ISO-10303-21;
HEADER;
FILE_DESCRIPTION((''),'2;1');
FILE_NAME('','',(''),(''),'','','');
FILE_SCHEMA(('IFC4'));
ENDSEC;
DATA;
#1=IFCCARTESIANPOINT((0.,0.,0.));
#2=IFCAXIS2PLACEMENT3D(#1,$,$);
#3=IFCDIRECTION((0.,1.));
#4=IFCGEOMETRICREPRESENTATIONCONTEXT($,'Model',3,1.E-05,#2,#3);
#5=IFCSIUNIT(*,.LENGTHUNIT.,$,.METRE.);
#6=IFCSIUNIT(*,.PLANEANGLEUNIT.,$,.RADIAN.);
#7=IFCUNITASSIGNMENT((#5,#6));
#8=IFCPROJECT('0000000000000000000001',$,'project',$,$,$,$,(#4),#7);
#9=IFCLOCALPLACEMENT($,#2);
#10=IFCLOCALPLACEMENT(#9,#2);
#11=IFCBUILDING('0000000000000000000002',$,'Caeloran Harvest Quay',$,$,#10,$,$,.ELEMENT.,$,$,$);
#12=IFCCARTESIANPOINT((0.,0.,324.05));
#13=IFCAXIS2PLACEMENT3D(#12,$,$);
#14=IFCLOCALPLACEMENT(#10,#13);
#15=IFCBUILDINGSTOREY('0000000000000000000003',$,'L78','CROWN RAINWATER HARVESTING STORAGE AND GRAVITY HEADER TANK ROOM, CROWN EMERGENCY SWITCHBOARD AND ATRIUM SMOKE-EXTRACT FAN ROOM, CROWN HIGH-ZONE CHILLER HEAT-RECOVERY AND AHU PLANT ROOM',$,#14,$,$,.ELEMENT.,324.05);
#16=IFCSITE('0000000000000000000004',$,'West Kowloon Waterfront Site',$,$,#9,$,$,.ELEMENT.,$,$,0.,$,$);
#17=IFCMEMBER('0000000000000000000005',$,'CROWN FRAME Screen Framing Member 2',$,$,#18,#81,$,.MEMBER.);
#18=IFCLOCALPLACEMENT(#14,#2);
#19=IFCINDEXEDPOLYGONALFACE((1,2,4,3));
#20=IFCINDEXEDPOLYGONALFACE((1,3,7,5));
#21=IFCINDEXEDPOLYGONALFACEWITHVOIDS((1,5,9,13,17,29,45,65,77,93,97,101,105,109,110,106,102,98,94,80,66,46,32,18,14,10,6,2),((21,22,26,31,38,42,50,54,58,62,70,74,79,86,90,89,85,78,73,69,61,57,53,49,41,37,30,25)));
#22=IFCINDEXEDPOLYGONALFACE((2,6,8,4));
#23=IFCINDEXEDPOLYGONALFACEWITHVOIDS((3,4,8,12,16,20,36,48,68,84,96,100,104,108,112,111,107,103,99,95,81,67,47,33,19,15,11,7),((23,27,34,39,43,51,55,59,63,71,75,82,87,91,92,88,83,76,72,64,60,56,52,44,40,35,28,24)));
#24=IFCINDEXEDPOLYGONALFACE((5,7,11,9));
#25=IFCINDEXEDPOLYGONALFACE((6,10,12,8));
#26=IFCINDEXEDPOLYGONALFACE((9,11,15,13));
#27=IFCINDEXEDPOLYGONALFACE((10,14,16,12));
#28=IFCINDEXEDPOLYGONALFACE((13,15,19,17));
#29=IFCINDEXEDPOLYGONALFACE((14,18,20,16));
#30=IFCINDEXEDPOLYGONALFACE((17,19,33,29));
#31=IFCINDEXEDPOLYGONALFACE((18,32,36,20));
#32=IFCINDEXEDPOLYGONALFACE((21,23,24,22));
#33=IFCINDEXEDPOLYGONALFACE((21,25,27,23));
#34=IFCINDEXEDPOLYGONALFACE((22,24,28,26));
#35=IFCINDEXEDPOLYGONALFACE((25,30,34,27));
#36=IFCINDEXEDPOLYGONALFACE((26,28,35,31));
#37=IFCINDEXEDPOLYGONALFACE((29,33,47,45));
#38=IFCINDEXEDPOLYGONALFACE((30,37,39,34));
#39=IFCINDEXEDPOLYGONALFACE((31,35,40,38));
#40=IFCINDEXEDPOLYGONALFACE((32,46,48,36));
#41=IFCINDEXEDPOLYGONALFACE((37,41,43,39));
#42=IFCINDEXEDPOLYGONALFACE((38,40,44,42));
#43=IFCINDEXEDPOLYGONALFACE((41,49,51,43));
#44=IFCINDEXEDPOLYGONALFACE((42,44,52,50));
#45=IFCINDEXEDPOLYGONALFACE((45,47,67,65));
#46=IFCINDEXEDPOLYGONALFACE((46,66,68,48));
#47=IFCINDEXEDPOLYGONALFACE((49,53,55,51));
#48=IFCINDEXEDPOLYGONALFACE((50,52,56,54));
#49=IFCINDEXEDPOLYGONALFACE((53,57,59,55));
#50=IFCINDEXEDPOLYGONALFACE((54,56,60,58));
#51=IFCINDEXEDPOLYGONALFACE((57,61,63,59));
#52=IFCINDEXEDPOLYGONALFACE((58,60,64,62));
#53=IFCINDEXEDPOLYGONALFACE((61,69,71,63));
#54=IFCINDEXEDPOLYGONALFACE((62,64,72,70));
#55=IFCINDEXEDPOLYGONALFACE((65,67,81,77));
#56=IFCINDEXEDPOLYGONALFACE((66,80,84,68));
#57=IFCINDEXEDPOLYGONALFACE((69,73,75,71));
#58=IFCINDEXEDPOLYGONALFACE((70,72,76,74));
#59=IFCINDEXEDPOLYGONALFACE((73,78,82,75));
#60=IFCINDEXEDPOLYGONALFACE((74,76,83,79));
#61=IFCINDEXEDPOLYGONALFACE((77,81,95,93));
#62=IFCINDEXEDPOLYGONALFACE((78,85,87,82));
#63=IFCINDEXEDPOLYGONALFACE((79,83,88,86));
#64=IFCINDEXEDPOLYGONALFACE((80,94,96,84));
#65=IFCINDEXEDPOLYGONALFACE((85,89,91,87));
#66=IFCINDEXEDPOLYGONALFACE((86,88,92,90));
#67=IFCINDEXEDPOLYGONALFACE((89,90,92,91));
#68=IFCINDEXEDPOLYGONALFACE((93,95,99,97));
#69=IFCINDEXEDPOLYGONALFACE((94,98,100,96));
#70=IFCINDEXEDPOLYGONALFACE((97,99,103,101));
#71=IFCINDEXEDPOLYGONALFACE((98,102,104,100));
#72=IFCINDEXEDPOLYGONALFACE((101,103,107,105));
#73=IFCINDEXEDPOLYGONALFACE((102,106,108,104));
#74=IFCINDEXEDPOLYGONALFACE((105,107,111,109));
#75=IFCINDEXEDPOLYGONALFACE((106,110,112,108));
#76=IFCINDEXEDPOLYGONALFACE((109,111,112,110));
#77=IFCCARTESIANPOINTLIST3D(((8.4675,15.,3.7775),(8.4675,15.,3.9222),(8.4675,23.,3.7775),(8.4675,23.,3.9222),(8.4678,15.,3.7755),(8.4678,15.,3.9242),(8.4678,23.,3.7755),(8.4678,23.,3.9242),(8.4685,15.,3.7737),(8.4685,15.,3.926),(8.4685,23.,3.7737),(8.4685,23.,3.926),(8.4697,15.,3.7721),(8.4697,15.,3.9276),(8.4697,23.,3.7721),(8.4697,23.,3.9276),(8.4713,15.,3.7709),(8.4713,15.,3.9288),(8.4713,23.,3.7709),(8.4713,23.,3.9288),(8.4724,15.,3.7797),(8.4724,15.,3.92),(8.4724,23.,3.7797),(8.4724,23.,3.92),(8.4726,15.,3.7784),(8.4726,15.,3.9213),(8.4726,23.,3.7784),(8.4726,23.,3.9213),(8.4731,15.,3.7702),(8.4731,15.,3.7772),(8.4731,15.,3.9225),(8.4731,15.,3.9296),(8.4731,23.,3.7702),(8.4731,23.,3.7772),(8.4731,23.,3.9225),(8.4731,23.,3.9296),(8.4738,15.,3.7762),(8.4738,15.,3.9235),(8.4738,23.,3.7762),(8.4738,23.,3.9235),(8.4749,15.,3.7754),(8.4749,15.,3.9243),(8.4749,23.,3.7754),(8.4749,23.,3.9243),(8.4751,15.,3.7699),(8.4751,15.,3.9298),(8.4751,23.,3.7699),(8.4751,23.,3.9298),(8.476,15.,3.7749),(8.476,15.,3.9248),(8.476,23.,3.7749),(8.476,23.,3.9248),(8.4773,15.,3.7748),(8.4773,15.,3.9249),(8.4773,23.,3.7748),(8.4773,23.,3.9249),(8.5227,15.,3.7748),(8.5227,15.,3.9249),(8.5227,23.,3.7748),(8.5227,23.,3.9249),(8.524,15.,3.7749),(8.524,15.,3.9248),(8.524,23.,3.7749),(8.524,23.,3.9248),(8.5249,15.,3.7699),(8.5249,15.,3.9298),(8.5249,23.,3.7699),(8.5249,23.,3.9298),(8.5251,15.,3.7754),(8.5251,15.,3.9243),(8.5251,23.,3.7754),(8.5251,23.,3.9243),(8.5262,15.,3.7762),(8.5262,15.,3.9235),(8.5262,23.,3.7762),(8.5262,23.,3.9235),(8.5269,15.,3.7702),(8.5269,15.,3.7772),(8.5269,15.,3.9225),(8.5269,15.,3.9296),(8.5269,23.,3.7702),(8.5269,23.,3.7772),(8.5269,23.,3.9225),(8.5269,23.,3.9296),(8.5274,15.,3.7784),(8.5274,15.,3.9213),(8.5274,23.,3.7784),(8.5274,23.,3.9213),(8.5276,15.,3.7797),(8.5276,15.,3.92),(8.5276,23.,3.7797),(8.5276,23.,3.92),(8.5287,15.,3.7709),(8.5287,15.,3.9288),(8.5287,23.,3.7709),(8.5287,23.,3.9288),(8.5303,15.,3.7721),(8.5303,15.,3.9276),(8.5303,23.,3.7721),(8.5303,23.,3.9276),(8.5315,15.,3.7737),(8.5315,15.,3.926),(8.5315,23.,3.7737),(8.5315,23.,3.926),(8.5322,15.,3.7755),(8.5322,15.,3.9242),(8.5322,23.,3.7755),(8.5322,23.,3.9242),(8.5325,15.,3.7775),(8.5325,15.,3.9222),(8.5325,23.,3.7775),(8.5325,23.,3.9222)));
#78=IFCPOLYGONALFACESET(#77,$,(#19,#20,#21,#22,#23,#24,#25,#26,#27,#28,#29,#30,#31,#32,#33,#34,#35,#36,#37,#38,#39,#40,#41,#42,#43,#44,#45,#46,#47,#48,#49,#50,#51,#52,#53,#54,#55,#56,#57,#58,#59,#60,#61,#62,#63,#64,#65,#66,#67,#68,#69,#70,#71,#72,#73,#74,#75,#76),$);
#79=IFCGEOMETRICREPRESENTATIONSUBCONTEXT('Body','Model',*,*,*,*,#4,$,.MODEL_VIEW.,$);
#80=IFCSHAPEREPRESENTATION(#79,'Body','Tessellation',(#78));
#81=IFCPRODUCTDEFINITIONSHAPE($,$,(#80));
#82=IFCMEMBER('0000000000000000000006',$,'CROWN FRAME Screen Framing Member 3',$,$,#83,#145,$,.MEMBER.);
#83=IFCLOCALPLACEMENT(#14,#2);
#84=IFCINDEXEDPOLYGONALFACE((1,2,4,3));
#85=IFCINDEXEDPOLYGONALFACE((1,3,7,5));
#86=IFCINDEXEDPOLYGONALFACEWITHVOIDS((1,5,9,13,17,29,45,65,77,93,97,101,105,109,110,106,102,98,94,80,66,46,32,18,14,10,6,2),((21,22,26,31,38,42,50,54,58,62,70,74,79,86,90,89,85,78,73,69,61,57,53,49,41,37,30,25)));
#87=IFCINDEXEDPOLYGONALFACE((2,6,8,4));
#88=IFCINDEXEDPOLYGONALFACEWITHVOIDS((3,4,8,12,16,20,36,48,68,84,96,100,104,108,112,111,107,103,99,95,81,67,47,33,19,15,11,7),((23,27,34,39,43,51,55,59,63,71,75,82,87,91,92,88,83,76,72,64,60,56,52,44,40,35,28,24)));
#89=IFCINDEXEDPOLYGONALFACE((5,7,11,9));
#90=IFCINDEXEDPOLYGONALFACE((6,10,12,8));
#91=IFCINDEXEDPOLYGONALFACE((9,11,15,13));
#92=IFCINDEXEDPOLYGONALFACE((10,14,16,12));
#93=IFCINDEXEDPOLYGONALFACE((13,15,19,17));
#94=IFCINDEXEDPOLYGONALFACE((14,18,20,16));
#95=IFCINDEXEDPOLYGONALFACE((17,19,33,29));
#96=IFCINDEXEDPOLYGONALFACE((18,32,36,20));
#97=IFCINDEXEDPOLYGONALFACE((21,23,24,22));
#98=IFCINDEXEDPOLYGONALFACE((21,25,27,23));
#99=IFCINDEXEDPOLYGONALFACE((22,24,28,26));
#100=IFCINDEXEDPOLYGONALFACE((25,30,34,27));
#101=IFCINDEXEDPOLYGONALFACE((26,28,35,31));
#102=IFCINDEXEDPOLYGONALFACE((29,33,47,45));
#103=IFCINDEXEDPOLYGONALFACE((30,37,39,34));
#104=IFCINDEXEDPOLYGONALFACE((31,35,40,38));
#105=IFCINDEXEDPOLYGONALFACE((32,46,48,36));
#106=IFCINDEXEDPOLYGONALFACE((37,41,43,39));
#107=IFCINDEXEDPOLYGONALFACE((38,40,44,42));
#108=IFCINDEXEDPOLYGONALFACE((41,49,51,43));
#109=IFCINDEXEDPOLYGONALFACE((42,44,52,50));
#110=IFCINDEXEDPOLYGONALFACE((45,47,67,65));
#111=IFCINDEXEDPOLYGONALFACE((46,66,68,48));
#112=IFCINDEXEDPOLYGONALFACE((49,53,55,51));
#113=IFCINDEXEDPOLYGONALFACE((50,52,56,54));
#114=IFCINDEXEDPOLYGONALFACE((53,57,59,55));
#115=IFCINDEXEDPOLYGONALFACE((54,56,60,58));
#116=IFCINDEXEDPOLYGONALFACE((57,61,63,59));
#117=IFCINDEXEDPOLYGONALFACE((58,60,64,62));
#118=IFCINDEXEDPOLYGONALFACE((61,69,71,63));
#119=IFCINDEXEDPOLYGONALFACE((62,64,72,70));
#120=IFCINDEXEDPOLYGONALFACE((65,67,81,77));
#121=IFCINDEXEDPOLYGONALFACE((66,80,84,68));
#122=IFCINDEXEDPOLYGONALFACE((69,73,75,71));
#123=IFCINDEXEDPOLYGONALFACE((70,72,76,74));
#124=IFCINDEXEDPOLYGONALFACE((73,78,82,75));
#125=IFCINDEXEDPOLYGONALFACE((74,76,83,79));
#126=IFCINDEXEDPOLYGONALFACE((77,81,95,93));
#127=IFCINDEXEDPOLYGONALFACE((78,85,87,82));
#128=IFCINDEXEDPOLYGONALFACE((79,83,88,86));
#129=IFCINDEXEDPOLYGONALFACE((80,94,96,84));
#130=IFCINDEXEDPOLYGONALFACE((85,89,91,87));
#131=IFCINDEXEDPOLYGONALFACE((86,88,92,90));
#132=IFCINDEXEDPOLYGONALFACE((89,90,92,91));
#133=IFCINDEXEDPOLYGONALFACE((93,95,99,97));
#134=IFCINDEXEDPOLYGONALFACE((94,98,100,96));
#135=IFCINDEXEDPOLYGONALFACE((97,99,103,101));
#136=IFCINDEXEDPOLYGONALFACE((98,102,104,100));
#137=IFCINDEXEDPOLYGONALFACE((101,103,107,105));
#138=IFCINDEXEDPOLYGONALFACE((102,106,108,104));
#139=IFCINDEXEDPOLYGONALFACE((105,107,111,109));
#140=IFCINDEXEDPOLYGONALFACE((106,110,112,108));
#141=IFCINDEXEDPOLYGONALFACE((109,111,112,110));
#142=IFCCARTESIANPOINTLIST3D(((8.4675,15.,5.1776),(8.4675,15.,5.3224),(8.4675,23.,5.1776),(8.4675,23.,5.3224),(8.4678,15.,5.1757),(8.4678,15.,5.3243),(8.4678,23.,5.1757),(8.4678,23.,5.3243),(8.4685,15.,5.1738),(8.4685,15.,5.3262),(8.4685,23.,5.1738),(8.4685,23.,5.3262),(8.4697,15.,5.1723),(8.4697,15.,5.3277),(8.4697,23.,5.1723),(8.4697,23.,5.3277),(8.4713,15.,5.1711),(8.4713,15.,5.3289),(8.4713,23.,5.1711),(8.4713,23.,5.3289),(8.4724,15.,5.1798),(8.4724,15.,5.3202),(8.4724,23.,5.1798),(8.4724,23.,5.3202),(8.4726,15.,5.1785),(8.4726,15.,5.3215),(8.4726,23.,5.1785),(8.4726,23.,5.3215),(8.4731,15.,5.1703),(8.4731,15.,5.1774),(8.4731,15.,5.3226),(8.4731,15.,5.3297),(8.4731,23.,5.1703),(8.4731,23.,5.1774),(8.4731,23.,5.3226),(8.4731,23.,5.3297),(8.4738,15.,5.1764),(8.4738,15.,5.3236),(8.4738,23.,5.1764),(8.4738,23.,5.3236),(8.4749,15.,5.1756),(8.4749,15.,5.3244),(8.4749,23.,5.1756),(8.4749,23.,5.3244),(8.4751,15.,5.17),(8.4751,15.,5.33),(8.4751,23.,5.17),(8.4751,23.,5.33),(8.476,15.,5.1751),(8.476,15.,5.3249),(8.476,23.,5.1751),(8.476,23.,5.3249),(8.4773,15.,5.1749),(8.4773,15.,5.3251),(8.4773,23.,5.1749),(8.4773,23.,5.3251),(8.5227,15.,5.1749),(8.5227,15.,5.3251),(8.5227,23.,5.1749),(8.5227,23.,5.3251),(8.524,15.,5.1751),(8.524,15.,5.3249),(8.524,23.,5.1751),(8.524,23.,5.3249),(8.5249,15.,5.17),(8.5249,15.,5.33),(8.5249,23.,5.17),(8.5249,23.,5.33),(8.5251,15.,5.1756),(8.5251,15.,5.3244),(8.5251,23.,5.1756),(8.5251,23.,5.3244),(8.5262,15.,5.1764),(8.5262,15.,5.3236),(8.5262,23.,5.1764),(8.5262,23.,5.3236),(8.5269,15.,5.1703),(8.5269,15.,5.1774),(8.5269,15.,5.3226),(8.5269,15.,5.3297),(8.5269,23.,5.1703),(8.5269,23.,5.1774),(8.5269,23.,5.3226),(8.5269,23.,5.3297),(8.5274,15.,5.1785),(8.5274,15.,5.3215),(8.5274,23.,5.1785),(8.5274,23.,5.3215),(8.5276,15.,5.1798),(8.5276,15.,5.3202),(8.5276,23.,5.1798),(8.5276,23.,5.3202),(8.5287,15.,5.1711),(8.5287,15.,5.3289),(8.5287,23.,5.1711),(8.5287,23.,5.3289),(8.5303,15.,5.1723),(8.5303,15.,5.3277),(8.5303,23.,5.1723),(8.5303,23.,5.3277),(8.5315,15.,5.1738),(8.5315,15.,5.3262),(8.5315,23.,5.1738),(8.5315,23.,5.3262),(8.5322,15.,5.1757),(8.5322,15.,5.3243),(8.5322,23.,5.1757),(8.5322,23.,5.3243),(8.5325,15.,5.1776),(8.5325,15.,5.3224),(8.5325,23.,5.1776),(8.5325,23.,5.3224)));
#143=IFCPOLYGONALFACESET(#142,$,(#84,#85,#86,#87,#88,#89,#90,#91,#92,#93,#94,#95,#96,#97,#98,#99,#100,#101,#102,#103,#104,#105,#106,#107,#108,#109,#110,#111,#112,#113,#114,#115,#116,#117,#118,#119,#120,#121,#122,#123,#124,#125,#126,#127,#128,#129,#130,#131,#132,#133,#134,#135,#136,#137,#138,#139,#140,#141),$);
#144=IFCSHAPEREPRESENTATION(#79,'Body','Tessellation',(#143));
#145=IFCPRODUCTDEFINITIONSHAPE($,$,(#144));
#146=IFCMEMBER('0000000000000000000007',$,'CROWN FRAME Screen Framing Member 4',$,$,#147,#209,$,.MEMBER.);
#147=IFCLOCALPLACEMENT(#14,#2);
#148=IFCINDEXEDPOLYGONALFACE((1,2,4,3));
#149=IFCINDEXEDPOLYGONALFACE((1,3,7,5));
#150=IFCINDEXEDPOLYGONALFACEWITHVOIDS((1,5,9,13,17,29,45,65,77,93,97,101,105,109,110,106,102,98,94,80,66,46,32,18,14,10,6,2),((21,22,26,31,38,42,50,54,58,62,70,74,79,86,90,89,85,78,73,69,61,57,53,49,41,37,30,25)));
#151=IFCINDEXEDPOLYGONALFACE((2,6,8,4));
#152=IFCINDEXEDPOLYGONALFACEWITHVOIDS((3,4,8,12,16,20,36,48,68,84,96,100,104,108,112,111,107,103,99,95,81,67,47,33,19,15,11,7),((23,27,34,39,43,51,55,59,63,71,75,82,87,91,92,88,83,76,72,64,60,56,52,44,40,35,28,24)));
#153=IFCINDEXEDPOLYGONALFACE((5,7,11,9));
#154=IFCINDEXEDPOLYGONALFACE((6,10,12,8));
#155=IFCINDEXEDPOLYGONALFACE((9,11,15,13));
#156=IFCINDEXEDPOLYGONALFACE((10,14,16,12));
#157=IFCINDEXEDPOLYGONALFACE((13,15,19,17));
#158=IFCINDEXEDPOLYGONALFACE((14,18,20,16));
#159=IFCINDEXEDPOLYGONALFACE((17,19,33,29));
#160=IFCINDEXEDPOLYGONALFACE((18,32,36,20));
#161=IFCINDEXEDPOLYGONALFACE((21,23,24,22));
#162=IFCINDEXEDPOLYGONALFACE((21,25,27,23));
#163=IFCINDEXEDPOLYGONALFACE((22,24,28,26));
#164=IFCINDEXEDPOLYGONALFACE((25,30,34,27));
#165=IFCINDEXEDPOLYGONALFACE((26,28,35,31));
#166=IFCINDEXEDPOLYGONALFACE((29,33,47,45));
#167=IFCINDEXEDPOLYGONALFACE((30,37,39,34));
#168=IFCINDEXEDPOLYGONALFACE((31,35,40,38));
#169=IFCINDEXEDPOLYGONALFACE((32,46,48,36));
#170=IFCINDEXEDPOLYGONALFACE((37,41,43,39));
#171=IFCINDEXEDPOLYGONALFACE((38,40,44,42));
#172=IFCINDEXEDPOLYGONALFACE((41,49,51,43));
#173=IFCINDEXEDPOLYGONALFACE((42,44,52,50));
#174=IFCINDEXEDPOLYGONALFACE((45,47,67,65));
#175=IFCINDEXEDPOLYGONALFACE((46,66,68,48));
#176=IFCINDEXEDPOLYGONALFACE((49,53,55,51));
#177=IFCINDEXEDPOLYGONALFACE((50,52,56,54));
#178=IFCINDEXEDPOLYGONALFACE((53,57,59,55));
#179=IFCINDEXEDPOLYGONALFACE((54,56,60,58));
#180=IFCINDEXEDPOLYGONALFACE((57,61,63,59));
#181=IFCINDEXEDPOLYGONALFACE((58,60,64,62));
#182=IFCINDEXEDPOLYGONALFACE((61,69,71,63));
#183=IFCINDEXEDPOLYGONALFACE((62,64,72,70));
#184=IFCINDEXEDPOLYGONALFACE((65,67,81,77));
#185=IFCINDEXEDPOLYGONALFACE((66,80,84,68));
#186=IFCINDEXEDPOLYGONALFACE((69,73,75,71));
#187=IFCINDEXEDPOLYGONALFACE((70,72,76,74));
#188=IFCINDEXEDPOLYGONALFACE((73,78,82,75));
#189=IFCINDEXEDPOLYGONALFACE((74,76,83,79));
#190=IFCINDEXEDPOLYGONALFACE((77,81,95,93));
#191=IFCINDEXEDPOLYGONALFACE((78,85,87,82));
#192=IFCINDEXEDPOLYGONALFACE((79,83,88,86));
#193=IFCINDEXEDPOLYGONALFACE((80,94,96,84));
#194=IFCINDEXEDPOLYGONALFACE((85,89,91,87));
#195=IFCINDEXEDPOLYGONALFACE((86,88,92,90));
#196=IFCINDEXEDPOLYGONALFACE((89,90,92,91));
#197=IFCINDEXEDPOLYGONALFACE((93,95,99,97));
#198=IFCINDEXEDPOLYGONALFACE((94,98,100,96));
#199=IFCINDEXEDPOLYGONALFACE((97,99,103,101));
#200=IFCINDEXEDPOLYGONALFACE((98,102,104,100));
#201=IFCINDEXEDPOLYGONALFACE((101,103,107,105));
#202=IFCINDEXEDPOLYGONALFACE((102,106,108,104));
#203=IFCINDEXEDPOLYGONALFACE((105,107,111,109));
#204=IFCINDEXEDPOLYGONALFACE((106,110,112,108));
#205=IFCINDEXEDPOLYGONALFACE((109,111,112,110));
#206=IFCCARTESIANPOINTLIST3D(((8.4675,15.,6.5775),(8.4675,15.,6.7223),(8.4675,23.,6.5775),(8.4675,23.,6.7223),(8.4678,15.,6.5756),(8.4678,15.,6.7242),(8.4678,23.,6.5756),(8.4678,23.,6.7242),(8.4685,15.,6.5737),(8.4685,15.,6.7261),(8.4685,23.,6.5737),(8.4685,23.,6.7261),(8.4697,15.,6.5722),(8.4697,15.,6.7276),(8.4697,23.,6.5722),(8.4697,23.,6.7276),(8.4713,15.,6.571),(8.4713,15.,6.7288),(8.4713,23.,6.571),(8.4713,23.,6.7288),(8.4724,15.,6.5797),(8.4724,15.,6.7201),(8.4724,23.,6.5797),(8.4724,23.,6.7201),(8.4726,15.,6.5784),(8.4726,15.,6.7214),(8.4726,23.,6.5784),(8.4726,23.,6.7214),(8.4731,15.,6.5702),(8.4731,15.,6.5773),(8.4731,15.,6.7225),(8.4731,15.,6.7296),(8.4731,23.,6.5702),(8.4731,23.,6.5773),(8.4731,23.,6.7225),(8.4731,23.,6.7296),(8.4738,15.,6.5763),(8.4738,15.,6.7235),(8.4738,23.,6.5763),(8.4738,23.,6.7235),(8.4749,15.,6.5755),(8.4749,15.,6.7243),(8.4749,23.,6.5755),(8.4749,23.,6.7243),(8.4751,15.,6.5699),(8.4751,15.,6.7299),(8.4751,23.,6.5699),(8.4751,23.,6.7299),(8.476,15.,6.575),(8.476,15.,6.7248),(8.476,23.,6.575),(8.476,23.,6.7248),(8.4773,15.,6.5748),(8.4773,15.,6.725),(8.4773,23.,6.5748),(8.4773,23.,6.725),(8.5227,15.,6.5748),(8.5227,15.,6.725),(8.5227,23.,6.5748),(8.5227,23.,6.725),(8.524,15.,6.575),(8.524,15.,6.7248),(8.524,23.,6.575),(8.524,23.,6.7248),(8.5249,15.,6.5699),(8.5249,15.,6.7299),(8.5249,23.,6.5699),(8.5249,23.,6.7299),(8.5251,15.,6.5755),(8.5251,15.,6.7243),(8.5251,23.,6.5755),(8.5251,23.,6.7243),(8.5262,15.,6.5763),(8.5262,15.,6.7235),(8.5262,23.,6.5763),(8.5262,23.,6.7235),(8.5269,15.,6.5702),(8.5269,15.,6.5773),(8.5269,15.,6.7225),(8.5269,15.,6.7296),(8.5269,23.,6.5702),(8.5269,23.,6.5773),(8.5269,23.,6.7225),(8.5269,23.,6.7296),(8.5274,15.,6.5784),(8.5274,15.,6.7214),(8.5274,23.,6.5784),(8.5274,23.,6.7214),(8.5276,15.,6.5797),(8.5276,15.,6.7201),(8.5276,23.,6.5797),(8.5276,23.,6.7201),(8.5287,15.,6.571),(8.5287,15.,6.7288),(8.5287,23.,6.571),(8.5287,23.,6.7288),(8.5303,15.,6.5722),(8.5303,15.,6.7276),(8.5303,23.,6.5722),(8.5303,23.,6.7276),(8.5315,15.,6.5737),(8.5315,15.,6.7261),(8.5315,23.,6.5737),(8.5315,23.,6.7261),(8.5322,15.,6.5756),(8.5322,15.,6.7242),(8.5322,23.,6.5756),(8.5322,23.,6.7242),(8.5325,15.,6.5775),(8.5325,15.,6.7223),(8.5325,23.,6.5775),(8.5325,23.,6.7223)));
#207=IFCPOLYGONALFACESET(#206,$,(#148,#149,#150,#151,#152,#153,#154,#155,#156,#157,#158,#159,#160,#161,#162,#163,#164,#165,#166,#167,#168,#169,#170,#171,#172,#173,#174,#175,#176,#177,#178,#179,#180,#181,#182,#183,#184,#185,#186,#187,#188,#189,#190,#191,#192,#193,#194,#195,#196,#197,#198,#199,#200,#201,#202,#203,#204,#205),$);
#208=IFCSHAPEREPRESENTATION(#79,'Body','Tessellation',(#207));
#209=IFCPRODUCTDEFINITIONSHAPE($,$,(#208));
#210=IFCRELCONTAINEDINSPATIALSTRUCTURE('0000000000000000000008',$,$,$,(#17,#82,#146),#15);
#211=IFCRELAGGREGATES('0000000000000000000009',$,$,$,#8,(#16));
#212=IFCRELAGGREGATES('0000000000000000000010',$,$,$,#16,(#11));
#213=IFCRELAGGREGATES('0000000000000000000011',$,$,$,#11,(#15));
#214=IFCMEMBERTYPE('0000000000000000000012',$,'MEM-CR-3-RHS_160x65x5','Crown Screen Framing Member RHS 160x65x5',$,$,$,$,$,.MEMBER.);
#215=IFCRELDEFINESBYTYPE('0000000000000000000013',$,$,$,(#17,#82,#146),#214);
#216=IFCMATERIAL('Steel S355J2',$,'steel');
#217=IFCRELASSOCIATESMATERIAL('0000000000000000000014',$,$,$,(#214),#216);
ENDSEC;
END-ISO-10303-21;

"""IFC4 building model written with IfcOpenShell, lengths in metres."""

from ifc_helpers import new_model, si_unit, direction, frame, origin, origin_2d, place, context, subcontext, project, spatial, hollow_rectangle, extrude, material, material_profile, profile_set, type_object, element, save


model = new_model("IFC4")

# Units and contexts
model_context = context("Model", 3, precision=1e-05, world=origin(), true_north=direction((0.0, 1.0)))
body_context = subcontext(model_context, "Body", "Model", "MODEL_VIEW")
ifc_project = project(units=[si_unit("LENGTHUNIT", "METRE"), si_unit("PLANEANGLEUNIT", "RADIAN")], contexts=[model_context])

# Site, building, storey
site_placement = place(None, origin())
site = spatial("IfcSite", under=ifc_project, at=site_placement, Name="West Kowloon Waterfront Site", CompositionType="ELEMENT", RefElevation=0.0)
building_placement = place(site_placement, origin())
building = spatial("IfcBuilding", under=site, at=building_placement, Name="Caeloran Harvest Quay", CompositionType="ELEMENT")
storey_placement = place(building_placement, frame((0.0, 0.0, 324.05)))
storey = spatial("IfcBuildingStorey", under=building, at=storey_placement, Name="L78", Description="CROWN RAINWATER HARVESTING STORAGE AND GRAVITY HEADER TANK ROOM, CROWN EMERGENCY SWITCHBOARD AND ATRIUM SMOKE-EXTRACT FAN ROOM, CROWN HIGH-ZONE CHILLER HEAT-RECOVERY AND AHU PLANT ROOM", CompositionType="ELEMENT", Elevation=324.05)

# Members
ifc_material_1 = material(Name="Steel S355J2", Category="steel")
ifc_material_profile_1 = material_profile(ifc_material_1, hollow_rectangle(XDim=0.0649, YDim=0.1599, WallThickness=0.0049, InnerFilletRadius=0.0049, OuterFilletRadius=0.0076, at=origin_2d()), Name="RHS 160x65x5")
ifc_profile_set_1 = profile_set([ifc_material_profile_1], Name="Steel S355J2")
member_type_1 = type_object("IfcMemberType", Name="MEM-CR-3-RHS_160x65x5", Description="Crown Screen Framing Member RHS 160x65x5", PredefinedType="MEMBER", material=ifc_profile_set_1)
for number, where, z_axis, x_axis, name in (
    (1, (8.5, 15.0, 3.8499), (0.0, 1.0, 0.0), (-1.0, 0.0, 0.0), "CROWN FRAME Screen Framing Member 2"),
    (2, (8.5, 15.0, 5.25), (0.0, 1.0, 0.0), (-1.0, 0.0, 0.0), "CROWN FRAME Screen Framing Member 3"),
    (3, (8.5, 15.0, 6.6499), (0.0, 1.0, 0.0), (-1.0, 0.0, 0.0), "CROWN FRAME Screen Framing Member 4"),
):
    element("IfcMember", number, at=place(storey_placement, frame(where, z_axis=z_axis, x_axis=x_axis)), inside=storey, type_object=member_type_1, Name=name, PredefinedType="MEMBER", context=body_context, shape_type="SweptSolid", body=[
        extrude(hollow_rectangle(XDim=0.0649, YDim=0.1599, WallThickness=0.0049, InnerFilletRadius=0.0049, OuterFilletRadius=0.0076, at=origin_2d()), origin(), (0.0, 0.0, 1.0), 8.0),
    ])

save(model, "model.ifc")
